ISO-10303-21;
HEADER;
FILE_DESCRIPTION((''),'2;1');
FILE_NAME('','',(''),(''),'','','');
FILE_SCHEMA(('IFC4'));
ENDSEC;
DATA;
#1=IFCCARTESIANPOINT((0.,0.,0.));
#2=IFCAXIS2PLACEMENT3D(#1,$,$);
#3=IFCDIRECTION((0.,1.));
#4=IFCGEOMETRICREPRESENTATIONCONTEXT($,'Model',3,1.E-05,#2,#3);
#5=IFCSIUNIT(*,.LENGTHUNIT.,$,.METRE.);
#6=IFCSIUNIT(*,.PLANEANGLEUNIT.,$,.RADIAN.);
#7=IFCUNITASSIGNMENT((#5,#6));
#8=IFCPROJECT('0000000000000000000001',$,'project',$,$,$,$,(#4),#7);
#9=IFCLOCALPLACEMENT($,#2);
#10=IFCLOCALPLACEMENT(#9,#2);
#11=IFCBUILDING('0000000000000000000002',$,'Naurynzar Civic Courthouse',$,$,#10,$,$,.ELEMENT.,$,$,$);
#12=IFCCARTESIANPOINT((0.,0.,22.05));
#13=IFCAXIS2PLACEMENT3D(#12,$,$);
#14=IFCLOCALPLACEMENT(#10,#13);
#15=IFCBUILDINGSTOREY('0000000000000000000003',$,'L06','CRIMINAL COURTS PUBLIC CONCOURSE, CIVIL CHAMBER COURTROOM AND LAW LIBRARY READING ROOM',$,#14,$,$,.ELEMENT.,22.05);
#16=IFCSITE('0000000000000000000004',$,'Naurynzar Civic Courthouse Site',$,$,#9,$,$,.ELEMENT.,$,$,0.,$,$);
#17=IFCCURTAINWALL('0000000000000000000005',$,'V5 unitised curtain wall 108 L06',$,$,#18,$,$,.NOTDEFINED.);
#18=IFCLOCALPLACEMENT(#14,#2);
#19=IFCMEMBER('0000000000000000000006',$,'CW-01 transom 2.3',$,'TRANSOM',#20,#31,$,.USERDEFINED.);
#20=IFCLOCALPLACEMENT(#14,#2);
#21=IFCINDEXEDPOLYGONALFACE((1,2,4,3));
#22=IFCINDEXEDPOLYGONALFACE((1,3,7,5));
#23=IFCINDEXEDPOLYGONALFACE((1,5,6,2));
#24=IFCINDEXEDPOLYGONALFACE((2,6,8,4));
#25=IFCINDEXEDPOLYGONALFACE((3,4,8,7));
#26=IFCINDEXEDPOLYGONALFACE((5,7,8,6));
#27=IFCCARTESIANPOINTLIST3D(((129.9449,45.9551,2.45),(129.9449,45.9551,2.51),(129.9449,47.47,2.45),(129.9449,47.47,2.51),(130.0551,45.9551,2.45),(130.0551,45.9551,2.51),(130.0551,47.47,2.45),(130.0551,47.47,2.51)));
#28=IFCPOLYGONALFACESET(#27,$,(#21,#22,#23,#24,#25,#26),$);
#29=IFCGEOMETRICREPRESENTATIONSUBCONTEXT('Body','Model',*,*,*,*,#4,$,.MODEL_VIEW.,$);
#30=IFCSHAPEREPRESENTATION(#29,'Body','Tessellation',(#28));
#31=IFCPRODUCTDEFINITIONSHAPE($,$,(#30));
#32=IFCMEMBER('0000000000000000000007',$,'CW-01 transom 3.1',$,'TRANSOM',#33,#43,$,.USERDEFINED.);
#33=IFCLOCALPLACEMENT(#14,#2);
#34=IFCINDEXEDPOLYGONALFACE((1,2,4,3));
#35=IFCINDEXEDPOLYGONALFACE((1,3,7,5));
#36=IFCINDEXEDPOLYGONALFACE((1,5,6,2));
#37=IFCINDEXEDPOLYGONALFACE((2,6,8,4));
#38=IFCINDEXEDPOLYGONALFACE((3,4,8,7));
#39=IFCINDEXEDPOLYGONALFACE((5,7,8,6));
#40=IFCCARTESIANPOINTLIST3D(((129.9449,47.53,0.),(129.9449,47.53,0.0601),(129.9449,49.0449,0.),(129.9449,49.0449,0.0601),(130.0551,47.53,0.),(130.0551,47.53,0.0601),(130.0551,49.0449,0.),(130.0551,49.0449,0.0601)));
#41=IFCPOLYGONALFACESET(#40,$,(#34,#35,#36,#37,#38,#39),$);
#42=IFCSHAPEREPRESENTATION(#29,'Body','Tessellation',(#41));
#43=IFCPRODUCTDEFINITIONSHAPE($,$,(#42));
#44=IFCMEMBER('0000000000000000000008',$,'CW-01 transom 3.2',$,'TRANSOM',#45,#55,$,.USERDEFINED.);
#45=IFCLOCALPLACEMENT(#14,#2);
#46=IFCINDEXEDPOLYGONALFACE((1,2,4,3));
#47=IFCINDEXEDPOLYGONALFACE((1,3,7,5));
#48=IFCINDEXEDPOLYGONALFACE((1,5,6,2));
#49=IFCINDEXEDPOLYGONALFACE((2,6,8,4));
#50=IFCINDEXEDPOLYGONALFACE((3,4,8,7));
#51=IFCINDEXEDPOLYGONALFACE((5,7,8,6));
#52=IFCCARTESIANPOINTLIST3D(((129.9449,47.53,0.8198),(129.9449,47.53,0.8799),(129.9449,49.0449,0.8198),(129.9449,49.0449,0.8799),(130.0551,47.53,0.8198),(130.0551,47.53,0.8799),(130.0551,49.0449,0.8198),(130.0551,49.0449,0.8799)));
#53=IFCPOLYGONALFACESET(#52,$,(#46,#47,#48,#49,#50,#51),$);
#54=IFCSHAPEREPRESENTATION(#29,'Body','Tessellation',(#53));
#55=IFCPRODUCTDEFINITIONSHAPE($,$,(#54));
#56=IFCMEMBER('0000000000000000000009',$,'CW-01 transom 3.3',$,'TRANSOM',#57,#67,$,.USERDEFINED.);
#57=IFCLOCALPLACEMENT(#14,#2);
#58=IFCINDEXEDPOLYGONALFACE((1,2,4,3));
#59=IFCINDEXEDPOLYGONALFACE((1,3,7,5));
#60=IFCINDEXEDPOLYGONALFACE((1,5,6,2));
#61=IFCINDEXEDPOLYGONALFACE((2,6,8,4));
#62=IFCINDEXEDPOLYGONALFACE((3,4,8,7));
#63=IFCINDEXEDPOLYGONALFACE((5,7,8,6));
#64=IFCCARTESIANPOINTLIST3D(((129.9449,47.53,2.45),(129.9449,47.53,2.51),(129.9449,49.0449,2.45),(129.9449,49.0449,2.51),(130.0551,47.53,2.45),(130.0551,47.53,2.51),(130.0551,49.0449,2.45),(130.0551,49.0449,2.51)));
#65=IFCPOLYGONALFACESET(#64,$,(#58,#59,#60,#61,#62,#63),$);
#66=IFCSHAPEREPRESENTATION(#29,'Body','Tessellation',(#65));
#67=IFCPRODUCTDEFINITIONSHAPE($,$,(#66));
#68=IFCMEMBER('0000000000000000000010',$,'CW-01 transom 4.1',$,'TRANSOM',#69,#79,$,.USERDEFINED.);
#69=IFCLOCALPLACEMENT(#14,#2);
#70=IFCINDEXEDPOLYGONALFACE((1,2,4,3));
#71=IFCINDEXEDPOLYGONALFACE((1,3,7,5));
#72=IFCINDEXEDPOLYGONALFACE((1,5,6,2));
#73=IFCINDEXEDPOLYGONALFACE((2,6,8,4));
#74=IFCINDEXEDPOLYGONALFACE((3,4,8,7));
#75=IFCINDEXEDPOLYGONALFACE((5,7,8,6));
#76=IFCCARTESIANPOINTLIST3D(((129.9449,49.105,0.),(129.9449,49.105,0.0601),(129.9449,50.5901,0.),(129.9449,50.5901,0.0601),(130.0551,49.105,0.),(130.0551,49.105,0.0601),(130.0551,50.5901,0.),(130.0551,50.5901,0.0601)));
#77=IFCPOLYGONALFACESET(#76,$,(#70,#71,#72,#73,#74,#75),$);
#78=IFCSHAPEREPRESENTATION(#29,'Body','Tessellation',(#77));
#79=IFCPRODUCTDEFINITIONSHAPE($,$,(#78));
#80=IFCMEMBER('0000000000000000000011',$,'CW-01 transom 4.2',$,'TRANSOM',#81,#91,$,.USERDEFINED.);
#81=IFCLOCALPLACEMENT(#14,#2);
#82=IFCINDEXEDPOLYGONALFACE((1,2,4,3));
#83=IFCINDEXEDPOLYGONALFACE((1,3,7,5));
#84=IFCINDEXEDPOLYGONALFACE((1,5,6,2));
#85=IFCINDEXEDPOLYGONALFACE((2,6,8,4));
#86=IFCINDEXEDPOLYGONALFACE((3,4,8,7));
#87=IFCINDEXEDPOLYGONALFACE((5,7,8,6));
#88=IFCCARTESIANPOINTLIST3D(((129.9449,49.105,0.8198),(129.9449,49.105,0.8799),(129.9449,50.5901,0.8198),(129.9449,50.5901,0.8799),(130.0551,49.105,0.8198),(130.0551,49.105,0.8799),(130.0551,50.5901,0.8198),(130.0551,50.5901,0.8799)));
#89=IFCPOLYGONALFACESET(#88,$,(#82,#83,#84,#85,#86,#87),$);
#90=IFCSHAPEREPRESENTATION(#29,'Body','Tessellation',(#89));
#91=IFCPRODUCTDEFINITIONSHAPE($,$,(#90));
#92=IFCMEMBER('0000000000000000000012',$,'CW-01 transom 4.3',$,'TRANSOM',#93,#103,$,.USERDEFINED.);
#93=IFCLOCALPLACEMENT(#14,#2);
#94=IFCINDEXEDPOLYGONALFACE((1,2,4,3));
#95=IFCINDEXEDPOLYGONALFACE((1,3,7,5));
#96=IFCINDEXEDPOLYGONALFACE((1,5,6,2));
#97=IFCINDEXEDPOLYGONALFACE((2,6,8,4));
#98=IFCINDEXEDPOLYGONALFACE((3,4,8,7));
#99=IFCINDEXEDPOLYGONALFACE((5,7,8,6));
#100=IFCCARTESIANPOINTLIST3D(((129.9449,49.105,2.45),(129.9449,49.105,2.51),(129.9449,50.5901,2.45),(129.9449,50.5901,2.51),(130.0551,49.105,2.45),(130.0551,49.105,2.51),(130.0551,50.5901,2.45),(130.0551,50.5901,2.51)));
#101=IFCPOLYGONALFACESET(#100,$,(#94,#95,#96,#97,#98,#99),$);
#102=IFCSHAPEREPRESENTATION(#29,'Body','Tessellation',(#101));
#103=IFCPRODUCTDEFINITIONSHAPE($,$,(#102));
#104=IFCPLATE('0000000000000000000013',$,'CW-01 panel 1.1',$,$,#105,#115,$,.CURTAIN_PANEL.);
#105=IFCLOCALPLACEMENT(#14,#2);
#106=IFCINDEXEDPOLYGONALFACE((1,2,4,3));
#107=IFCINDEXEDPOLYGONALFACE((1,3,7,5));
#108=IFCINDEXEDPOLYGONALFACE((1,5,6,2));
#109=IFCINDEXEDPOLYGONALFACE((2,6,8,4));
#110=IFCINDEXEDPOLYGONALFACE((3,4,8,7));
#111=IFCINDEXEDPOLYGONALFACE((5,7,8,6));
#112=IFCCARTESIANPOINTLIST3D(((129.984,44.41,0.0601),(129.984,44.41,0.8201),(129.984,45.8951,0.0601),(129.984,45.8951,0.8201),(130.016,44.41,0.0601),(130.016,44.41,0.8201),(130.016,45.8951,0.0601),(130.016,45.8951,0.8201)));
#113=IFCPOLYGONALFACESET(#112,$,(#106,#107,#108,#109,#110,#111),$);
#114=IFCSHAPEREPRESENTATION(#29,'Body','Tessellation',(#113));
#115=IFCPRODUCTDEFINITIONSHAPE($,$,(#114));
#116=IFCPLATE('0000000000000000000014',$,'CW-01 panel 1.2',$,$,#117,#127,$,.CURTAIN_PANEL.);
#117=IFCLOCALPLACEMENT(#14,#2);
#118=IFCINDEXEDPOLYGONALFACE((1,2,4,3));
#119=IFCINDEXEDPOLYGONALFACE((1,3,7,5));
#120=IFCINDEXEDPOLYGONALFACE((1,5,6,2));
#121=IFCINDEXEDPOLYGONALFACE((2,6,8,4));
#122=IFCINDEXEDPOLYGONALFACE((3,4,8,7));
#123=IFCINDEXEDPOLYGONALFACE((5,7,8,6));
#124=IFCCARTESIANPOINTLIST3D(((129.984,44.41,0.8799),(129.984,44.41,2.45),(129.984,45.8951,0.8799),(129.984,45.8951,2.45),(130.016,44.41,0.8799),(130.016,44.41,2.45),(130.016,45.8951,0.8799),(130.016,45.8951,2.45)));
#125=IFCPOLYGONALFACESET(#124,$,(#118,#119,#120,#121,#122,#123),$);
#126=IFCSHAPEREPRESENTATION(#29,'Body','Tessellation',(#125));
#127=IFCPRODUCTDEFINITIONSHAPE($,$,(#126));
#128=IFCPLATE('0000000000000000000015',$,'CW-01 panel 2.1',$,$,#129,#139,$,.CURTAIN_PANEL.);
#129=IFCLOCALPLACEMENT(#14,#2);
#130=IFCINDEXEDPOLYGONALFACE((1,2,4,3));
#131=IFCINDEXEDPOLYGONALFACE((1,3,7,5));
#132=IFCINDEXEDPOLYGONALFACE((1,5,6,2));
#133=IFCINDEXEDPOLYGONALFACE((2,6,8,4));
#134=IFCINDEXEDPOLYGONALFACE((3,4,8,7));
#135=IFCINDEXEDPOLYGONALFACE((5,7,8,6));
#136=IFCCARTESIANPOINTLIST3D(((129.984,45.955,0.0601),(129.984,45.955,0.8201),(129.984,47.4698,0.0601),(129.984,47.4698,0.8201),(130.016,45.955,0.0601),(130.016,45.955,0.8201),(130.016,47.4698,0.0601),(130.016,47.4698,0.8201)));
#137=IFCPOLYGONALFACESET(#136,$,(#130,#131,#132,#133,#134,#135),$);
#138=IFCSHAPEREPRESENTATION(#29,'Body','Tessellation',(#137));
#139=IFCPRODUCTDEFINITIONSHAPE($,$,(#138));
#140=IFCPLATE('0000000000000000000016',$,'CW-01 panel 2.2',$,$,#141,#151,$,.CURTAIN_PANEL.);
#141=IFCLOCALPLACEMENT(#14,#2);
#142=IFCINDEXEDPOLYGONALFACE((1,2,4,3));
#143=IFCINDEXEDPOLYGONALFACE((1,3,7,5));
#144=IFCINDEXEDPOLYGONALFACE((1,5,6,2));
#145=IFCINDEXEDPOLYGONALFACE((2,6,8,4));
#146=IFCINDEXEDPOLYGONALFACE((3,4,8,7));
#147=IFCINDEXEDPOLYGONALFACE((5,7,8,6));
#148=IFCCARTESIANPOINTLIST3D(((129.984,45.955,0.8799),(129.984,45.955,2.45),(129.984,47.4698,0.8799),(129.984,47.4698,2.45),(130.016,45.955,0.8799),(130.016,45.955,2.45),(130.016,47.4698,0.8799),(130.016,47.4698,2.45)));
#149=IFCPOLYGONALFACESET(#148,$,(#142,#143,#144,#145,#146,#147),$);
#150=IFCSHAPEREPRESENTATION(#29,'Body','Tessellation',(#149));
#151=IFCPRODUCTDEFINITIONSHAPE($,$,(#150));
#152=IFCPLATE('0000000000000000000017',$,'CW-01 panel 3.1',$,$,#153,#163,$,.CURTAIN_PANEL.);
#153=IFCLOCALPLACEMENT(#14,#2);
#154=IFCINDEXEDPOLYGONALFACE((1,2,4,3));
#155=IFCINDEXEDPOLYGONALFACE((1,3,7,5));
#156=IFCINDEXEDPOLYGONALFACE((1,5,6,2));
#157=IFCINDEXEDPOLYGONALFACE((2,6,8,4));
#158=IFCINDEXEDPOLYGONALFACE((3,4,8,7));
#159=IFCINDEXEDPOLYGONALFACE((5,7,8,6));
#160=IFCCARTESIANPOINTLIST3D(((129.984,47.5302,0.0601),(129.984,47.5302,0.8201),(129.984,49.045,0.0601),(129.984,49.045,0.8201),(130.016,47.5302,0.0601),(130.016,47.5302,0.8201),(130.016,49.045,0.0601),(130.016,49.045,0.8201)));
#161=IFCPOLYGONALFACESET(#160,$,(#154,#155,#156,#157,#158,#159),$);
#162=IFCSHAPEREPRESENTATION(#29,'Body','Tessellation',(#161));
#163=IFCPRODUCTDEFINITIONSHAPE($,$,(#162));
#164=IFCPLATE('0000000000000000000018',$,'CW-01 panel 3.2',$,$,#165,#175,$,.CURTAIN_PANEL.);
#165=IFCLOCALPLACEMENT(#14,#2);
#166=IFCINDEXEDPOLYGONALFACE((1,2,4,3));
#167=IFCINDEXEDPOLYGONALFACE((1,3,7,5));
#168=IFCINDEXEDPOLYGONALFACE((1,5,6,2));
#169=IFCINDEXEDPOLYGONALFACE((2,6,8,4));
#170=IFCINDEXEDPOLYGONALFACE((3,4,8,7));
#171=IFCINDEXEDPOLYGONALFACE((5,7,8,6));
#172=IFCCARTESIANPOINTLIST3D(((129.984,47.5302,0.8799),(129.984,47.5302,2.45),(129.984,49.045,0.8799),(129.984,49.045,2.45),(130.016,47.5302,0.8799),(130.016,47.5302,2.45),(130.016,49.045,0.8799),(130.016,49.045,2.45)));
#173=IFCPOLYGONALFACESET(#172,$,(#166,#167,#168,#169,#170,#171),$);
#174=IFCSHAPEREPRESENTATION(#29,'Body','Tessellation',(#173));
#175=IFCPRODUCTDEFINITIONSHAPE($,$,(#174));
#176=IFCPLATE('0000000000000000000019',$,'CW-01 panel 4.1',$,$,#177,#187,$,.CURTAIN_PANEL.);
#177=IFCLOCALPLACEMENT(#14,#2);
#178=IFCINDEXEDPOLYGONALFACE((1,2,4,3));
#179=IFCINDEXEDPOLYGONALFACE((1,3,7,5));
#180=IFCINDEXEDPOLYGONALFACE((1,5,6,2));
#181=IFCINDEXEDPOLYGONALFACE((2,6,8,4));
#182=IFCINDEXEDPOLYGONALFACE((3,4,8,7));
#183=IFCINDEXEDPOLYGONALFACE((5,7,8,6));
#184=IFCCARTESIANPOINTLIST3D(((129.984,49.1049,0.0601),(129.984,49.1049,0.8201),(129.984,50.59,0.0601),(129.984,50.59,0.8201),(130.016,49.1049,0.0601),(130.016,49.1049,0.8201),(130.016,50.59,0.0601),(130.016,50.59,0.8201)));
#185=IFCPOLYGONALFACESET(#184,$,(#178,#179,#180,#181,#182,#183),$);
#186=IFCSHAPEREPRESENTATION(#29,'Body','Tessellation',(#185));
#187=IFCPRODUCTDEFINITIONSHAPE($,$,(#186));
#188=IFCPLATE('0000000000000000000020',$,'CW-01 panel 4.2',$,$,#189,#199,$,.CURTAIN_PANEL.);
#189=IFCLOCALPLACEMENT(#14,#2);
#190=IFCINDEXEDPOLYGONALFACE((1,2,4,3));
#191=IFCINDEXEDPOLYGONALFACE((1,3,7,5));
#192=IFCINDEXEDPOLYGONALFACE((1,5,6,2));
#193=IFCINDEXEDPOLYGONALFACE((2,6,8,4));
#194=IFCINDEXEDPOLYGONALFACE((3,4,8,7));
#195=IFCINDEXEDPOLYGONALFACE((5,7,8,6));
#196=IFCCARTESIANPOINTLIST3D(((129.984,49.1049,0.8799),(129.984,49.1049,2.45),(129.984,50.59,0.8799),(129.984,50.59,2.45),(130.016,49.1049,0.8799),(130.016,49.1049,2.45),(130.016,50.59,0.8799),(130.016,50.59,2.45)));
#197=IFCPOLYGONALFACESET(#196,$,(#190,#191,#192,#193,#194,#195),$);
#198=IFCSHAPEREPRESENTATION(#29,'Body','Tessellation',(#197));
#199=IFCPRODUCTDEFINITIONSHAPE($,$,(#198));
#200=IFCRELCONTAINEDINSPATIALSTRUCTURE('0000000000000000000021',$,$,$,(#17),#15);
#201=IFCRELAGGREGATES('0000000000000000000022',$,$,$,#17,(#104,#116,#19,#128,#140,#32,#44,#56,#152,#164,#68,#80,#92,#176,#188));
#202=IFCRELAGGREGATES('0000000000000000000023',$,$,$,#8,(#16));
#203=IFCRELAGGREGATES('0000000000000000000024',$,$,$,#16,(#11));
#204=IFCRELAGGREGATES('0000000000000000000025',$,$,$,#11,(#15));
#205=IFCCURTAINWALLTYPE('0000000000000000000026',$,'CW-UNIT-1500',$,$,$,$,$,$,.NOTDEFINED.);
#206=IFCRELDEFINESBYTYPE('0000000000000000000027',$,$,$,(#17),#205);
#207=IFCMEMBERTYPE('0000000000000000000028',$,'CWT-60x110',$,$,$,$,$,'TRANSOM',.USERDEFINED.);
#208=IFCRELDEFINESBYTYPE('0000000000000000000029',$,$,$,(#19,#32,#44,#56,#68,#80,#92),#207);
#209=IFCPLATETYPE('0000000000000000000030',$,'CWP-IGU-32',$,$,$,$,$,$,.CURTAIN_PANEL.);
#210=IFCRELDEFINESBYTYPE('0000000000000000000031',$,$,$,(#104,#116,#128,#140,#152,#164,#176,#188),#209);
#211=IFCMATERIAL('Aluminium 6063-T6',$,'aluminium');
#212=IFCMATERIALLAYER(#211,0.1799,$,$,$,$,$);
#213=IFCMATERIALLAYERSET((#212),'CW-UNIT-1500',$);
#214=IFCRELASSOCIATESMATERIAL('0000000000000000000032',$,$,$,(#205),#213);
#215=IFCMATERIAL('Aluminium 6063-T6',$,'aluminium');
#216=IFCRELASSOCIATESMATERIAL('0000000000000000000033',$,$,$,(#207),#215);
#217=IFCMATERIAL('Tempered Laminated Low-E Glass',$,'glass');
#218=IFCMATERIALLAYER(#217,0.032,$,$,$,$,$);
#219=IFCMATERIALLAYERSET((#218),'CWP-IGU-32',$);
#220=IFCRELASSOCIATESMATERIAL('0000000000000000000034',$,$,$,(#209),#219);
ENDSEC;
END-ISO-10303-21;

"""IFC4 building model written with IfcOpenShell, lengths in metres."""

from ifc_helpers import new_model, si_unit, direction, frame, origin, origin_2d, place, context, subcontext, project, spatial, rectangle, extrude, material, layer, layer_set, material_profile, profile_set, type_object, element, aggregate, save


model = new_model("IFC4")

# Units and contexts
model_context = context("Model", 3, precision=1e-05, world=origin(), true_north=direction((0.0, 1.0)))
body_context = subcontext(model_context, "Body", "Model", "MODEL_VIEW")
ifc_project = project(units=[si_unit("LENGTHUNIT", "METRE"), si_unit("PLANEANGLEUNIT", "RADIAN")], contexts=[model_context])

# Site, building, storey
site_placement = place(None, origin())
site = spatial("IfcSite", under=ifc_project, at=site_placement, Name="Naurynzar Civic Courthouse Site", CompositionType="ELEMENT", RefElevation=0.0)
building_placement = place(site_placement, origin())
building = spatial("IfcBuilding", under=site, at=building_placement, Name="Naurynzar Civic Courthouse", CompositionType="ELEMENT")
storey_placement = place(building_placement, frame((0.0, 0.0, 22.05)))
storey = spatial("IfcBuildingStorey", under=building, at=storey_placement, Name="L06", Description="CRIMINAL COURTS PUBLIC CONCOURSE, CIVIL CHAMBER COURTROOM AND LAW LIBRARY READING ROOM", CompositionType="ELEMENT", Elevation=22.05)

# Curtain wall, members, plates
ifc_material_1 = material(Name="Aluminium 6063-T6", Category="aluminium")
ifc_layer_1 = layer(ifc_material_1, 0.1799)
ifc_layer_set_1 = layer_set([ifc_layer_1], Name="CW-UNIT-1500")
curtain_wall_type = type_object("IfcCurtainWallType", Name="CW-UNIT-1500", PredefinedType="NOTDEFINED", material=ifc_layer_set_1)
curtain_wall_placement = place(storey_placement, origin())
curtain_wall = element("IfcCurtainWall", 1, at=curtain_wall_placement, inside=storey, type_object=curtain_wall_type, Name="V5 unitised curtain wall 108 L06", PredefinedType="NOTDEFINED")
ifc_material_2 = material(Name="Aluminium 6063-T6", Category="aluminium")
ifc_material_profile_1 = material_profile(ifc_material_2, rectangle(XDim=0.1101, YDim=0.0601, at=origin_2d()), Name="ALU TRANSOM 60x110")
ifc_profile_set_1 = profile_set([ifc_material_profile_1], Name="Aluminium 6063-T6")
member_type_1 = type_object("IfcMemberType", Name="CWT-60x110", ElementType="TRANSOM", PredefinedType="USERDEFINED", material=ifc_profile_set_1)
member_1_placement = place(storey_placement, frame((130.0, 45.9551, 2.48), z_axis=(0.0, 1.0, 0.0), x_axis=(-1.0, 0.0, 0.0)))
member_1 = element("IfcMember", 2, at=member_1_placement, type_object=member_type_1, Name="CW-01 transom 2.3", ObjectType="TRANSOM", PredefinedType="USERDEFINED", context=body_context, shape_type="SweptSolid", body=[
    extrude(rectangle(XDim=0.1101, YDim=0.0601, at=origin_2d()), origin(), (0.0, 0.0, 1.0), 1.5149),
])
member_2_placement = place(storey_placement, frame((130.0, 47.53, 0.03), z_axis=(0.0, 1.0, 0.0), x_axis=(-1.0, 0.0, 0.0)))
member_2 = element("IfcMember", 3, at=member_2_placement, type_object=member_type_1, Name="CW-01 transom 3.1", ObjectType="TRANSOM", PredefinedType="USERDEFINED", context=body_context, shape_type="SweptSolid", body=[
    extrude(rectangle(XDim=0.1101, YDim=0.0601, at=origin_2d()), origin(), (0.0, 0.0, 1.0), 1.5149),
])
member_3_placement = place(storey_placement, frame((130.0, 47.53, 0.8499), z_axis=(0.0, 1.0, 0.0), x_axis=(-1.0, 0.0, 0.0)))
member_3 = element("IfcMember", 4, at=member_3_placement, type_object=member_type_1, Name="CW-01 transom 3.2", ObjectType="TRANSOM", PredefinedType="USERDEFINED", context=body_context, shape_type="SweptSolid", body=[
    extrude(rectangle(XDim=0.1101, YDim=0.0601, at=origin_2d()), origin(), (0.0, 0.0, 1.0), 1.5149),
])
member_4_placement = place(storey_placement, frame((130.0, 47.53, 2.48), z_axis=(0.0, 1.0, 0.0), x_axis=(-1.0, 0.0, 0.0)))
member_4 = element("IfcMember", 5, at=member_4_placement, type_object=member_type_1, Name="CW-01 transom 3.3", ObjectType="TRANSOM", PredefinedType="USERDEFINED", context=body_context, shape_type="SweptSolid", body=[
    extrude(rectangle(XDim=0.1101, YDim=0.0601, at=origin_2d()), origin(), (0.0, 0.0, 1.0), 1.5149),
])
member_5_placement = place(storey_placement, frame((130.0, 49.105, 0.03), z_axis=(0.0, 1.0, 0.0), x_axis=(-1.0, 0.0, 0.0)))
member_5 = element("IfcMember", 6, at=member_5_placement, type_object=member_type_1, Name="CW-01 transom 4.1", ObjectType="TRANSOM", PredefinedType="USERDEFINED", context=body_context, shape_type="SweptSolid", body=[
    extrude(rectangle(XDim=0.1101, YDim=0.0601, at=origin_2d()), origin(), (0.0, 0.0, 1.0), 1.4851),
])
member_6_placement = place(storey_placement, frame((130.0, 49.105, 0.8499), z_axis=(0.0, 1.0, 0.0), x_axis=(-1.0, 0.0, 0.0)))
member_6 = element("IfcMember", 7, at=member_6_placement, type_object=member_type_1, Name="CW-01 transom 4.2", ObjectType="TRANSOM", PredefinedType="USERDEFINED", context=body_context, shape_type="SweptSolid", body=[
    extrude(rectangle(XDim=0.1101, YDim=0.0601, at=origin_2d()), origin(), (0.0, 0.0, 1.0), 1.4851),
])
member_7_placement = place(storey_placement, frame((130.0, 49.105, 2.48), z_axis=(0.0, 1.0, 0.0), x_axis=(-1.0, 0.0, 0.0)))
member_7 = element("IfcMember", 8, at=member_7_placement, type_object=member_type_1, Name="CW-01 transom 4.3", ObjectType="TRANSOM", PredefinedType="USERDEFINED", context=body_context, shape_type="SweptSolid", body=[
    extrude(rectangle(XDim=0.1101, YDim=0.0601, at=origin_2d()), origin(), (0.0, 0.0, 1.0), 1.4851),
])
ifc_material_3 = material(Name="Tempered Laminated Low-E Glass", Category="glass")
ifc_layer_2 = layer(ifc_material_3, 0.032)
ifc_layer_set_2 = layer_set([ifc_layer_2], Name="CWP-IGU-32")
plate_type = type_object("IfcPlateType", Name="CWP-IGU-32", PredefinedType="CURTAIN_PANEL", material=ifc_layer_set_2)
plate_1_placement = place(storey_placement, frame((130.0, 45.1526, 0.0601), z_axis=(0.0, 0.0, 1.0), x_axis=(0.0, 1.0, 0.0)))
plate_1 = element("IfcPlate", 9, at=plate_1_placement, type_object=plate_type, Name="CW-01 panel 1.1", PredefinedType="CURTAIN_PANEL", context=body_context, shape_type="SweptSolid", body=[
    extrude(rectangle(XDim=1.4851, YDim=0.032, at=origin_2d()), origin(), (0.0, 0.0, 1.0), 0.76),
])
plate_2_placement = place(storey_placement, frame((130.0, 45.1526, 0.8799), z_axis=(0.0, 0.0, 1.0), x_axis=(0.0, 1.0, 0.0)))
plate_2 = element("IfcPlate", 10, at=plate_2_placement, type_object=plate_type, Name="CW-01 panel 1.2", PredefinedType="CURTAIN_PANEL", context=body_context, shape_type="SweptSolid", body=[
    extrude(rectangle(XDim=1.4851, YDim=0.032, at=origin_2d()), origin(), (0.0, 0.0, 1.0), 1.5701),
])
plate_3_placement = place(storey_placement, frame((130.0, 46.7124, 0.0601), z_axis=(0.0, 0.0, 1.0), x_axis=(0.0, 1.0, 0.0)))
plate_3 = element("IfcPlate", 11, at=plate_3_placement, type_object=plate_type, Name="CW-01 panel 2.1", PredefinedType="CURTAIN_PANEL", context=body_context, shape_type="SweptSolid", body=[
    extrude(rectangle(XDim=1.5149, YDim=0.032, at=origin_2d()), origin(), (0.0, 0.0, 1.0), 0.76),
])
plate_4_placement = place(storey_placement, frame((130.0, 46.7124, 0.8799), z_axis=(0.0, 0.0, 1.0), x_axis=(0.0, 1.0, 0.0)))
plate_4 = element("IfcPlate", 12, at=plate_4_placement, type_object=plate_type, Name="CW-01 panel 2.2", PredefinedType="CURTAIN_PANEL", context=body_context, shape_type="SweptSolid", body=[
    extrude(rectangle(XDim=1.5149, YDim=0.032, at=origin_2d()), origin(), (0.0, 0.0, 1.0), 1.5701),
])
plate_5_placement = place(storey_placement, frame((130.0, 48.2876, 0.0601), z_axis=(0.0, 0.0, 1.0), x_axis=(0.0, 1.0, 0.0)))
plate_5 = element("IfcPlate", 13, at=plate_5_placement, type_object=plate_type, Name="CW-01 panel 3.1", PredefinedType="CURTAIN_PANEL", context=body_context, shape_type="SweptSolid", body=[
    extrude(rectangle(XDim=1.5149, YDim=0.032, at=origin_2d()), origin(), (0.0, 0.0, 1.0), 0.76),
])
plate_6_placement = place(storey_placement, frame((130.0, 48.2876, 0.8799), z_axis=(0.0, 0.0, 1.0), x_axis=(0.0, 1.0, 0.0)))
plate_6 = element("IfcPlate", 14, at=plate_6_placement, type_object=plate_type, Name="CW-01 panel 3.2", PredefinedType="CURTAIN_PANEL", context=body_context, shape_type="SweptSolid", body=[
    extrude(rectangle(XDim=1.5149, YDim=0.032, at=origin_2d()), origin(), (0.0, 0.0, 1.0), 1.5701),
])
plate_7_placement = place(storey_placement, frame((130.0, 49.8474, 0.0601), z_axis=(0.0, 0.0, 1.0), x_axis=(0.0, 1.0, 0.0)))
plate_7 = element("IfcPlate", 15, at=plate_7_placement, type_object=plate_type, Name="CW-01 panel 4.1", PredefinedType="CURTAIN_PANEL", context=body_context, shape_type="SweptSolid", body=[
    extrude(rectangle(XDim=1.4851, YDim=0.032, at=origin_2d()), origin(), (0.0, 0.0, 1.0), 0.76),
])
plate_8_placement = place(storey_placement, frame((130.0, 49.8474, 0.8799), z_axis=(0.0, 0.0, 1.0), x_axis=(0.0, 1.0, 0.0)))
plate_8 = element("IfcPlate", 16, at=plate_8_placement, type_object=plate_type, Name="CW-01 panel 4.2", PredefinedType="CURTAIN_PANEL", context=body_context, shape_type="SweptSolid", body=[
    extrude(rectangle(XDim=1.4851, YDim=0.032, at=origin_2d()), origin(), (0.0, 0.0, 1.0), 1.5701),
])
aggregate(curtain_wall, [plate_1, plate_2, member_1, plate_3, plate_4, member_2, member_3, member_4, plate_5, plate_6, member_5, member_6, member_7, plate_7, plate_8])

save(model, "model.ifc")
